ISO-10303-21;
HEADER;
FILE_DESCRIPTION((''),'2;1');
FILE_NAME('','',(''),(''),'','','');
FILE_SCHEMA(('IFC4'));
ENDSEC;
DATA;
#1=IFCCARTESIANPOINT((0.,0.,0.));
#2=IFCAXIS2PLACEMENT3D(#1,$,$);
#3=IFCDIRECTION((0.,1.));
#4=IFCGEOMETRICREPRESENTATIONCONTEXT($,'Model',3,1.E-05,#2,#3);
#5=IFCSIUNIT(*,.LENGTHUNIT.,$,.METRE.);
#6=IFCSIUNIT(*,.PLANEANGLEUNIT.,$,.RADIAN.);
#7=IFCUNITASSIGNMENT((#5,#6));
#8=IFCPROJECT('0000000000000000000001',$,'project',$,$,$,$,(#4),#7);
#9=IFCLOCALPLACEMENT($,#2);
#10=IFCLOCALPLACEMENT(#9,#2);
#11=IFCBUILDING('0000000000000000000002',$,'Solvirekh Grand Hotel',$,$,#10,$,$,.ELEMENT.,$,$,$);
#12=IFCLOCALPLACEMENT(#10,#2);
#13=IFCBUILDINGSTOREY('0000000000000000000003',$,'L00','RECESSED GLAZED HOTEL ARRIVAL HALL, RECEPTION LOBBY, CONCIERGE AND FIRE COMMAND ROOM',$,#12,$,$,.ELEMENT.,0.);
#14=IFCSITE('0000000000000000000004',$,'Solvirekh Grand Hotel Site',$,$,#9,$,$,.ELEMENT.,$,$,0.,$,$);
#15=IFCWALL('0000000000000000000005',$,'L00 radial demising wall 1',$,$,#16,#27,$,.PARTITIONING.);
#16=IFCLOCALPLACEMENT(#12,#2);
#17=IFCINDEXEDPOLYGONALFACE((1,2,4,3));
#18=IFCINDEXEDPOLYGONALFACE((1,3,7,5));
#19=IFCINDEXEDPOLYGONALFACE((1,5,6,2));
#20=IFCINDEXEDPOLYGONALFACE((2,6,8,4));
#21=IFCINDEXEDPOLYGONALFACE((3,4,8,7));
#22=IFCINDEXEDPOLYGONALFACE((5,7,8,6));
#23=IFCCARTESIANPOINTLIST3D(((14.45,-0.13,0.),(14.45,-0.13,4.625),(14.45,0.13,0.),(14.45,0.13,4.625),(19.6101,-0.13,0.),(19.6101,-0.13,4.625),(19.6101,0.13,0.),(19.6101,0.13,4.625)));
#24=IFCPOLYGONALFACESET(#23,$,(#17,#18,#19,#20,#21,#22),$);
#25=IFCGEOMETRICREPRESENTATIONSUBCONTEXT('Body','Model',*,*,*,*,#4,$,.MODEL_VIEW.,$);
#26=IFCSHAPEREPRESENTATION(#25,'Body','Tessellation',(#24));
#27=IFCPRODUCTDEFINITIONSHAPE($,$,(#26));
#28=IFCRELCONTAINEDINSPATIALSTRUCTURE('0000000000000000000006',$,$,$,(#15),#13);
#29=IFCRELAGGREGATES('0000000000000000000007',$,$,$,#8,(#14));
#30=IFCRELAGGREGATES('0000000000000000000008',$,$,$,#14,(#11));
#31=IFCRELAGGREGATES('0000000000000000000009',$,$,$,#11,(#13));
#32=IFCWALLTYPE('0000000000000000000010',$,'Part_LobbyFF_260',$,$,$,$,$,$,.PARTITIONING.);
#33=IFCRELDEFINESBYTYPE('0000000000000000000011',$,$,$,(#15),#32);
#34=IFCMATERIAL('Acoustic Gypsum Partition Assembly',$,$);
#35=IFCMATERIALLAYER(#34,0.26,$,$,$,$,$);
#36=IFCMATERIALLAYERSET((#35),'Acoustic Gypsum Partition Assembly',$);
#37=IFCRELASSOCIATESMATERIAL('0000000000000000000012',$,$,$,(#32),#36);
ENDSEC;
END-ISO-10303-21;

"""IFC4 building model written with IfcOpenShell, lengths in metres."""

from ifc_helpers import new_model, si_unit, direction, frame, frame_2d, origin, place, context, subcontext, project, spatial, rectangle, extrude, material, layer, layer_set, type_object, element, save


model = new_model("IFC4")

# Units and contexts
model_context = context("Model", 3, precision=1e-05, world=origin(), true_north=direction((0.0, 1.0)))
body_context = subcontext(model_context, "Body", "Model", "MODEL_VIEW")
ifc_project = project(units=[si_unit("LENGTHUNIT", "METRE"), si_unit("PLANEANGLEUNIT", "RADIAN")], contexts=[model_context])

# Site, building, storey
site_placement = place(None, origin())
site = spatial("IfcSite", under=ifc_project, at=site_placement, Name="Solvirekh Grand Hotel Site", CompositionType="ELEMENT", RefElevation=0.0)
building_placement = place(site_placement, origin())
building = spatial("IfcBuilding", under=site, at=building_placement, Name="Solvirekh Grand Hotel", CompositionType="ELEMENT")
storey_placement = place(building_placement, origin())
storey = spatial("IfcBuildingStorey", under=building, at=storey_placement, Name="L00", Description="RECESSED GLAZED HOTEL ARRIVAL HALL, RECEPTION LOBBY, CONCIERGE AND FIRE COMMAND ROOM", CompositionType="ELEMENT", Elevation=0.0)

# Shared definitions
ifc_material_1 = material(Name="Acoustic Gypsum Partition Assembly")

# Wall
ifc_layer_1 = layer(ifc_material_1, 0.26)
ifc_layer_set_1 = layer_set([ifc_layer_1], Name="Acoustic Gypsum Partition Assembly")
wall_type_1 = type_object("IfcWallType", Name="Part_LobbyFF_260", PredefinedType="PARTITIONING", material=ifc_layer_set_1)
wall_1_placement = place(storey_placement, frame((14.45, 0.0, 0.0), z_axis=(0.0, 0.0, 1.0), x_axis=(1.0, 0.0, 0.0)))
element("IfcWall", 1, at=wall_1_placement, inside=storey, type_object=wall_type_1, Name="L00 radial demising wall 1", PredefinedType="PARTITIONING", context=body_context, shape_type="SweptSolid", body=[
    extrude(rectangle(XDim=5.1602, YDim=0.26, at=frame_2d((2.5801, 0.0))), origin(), (0.0, 0.0, 1.0), 4.625),
])

save(model, "model.ifc")
